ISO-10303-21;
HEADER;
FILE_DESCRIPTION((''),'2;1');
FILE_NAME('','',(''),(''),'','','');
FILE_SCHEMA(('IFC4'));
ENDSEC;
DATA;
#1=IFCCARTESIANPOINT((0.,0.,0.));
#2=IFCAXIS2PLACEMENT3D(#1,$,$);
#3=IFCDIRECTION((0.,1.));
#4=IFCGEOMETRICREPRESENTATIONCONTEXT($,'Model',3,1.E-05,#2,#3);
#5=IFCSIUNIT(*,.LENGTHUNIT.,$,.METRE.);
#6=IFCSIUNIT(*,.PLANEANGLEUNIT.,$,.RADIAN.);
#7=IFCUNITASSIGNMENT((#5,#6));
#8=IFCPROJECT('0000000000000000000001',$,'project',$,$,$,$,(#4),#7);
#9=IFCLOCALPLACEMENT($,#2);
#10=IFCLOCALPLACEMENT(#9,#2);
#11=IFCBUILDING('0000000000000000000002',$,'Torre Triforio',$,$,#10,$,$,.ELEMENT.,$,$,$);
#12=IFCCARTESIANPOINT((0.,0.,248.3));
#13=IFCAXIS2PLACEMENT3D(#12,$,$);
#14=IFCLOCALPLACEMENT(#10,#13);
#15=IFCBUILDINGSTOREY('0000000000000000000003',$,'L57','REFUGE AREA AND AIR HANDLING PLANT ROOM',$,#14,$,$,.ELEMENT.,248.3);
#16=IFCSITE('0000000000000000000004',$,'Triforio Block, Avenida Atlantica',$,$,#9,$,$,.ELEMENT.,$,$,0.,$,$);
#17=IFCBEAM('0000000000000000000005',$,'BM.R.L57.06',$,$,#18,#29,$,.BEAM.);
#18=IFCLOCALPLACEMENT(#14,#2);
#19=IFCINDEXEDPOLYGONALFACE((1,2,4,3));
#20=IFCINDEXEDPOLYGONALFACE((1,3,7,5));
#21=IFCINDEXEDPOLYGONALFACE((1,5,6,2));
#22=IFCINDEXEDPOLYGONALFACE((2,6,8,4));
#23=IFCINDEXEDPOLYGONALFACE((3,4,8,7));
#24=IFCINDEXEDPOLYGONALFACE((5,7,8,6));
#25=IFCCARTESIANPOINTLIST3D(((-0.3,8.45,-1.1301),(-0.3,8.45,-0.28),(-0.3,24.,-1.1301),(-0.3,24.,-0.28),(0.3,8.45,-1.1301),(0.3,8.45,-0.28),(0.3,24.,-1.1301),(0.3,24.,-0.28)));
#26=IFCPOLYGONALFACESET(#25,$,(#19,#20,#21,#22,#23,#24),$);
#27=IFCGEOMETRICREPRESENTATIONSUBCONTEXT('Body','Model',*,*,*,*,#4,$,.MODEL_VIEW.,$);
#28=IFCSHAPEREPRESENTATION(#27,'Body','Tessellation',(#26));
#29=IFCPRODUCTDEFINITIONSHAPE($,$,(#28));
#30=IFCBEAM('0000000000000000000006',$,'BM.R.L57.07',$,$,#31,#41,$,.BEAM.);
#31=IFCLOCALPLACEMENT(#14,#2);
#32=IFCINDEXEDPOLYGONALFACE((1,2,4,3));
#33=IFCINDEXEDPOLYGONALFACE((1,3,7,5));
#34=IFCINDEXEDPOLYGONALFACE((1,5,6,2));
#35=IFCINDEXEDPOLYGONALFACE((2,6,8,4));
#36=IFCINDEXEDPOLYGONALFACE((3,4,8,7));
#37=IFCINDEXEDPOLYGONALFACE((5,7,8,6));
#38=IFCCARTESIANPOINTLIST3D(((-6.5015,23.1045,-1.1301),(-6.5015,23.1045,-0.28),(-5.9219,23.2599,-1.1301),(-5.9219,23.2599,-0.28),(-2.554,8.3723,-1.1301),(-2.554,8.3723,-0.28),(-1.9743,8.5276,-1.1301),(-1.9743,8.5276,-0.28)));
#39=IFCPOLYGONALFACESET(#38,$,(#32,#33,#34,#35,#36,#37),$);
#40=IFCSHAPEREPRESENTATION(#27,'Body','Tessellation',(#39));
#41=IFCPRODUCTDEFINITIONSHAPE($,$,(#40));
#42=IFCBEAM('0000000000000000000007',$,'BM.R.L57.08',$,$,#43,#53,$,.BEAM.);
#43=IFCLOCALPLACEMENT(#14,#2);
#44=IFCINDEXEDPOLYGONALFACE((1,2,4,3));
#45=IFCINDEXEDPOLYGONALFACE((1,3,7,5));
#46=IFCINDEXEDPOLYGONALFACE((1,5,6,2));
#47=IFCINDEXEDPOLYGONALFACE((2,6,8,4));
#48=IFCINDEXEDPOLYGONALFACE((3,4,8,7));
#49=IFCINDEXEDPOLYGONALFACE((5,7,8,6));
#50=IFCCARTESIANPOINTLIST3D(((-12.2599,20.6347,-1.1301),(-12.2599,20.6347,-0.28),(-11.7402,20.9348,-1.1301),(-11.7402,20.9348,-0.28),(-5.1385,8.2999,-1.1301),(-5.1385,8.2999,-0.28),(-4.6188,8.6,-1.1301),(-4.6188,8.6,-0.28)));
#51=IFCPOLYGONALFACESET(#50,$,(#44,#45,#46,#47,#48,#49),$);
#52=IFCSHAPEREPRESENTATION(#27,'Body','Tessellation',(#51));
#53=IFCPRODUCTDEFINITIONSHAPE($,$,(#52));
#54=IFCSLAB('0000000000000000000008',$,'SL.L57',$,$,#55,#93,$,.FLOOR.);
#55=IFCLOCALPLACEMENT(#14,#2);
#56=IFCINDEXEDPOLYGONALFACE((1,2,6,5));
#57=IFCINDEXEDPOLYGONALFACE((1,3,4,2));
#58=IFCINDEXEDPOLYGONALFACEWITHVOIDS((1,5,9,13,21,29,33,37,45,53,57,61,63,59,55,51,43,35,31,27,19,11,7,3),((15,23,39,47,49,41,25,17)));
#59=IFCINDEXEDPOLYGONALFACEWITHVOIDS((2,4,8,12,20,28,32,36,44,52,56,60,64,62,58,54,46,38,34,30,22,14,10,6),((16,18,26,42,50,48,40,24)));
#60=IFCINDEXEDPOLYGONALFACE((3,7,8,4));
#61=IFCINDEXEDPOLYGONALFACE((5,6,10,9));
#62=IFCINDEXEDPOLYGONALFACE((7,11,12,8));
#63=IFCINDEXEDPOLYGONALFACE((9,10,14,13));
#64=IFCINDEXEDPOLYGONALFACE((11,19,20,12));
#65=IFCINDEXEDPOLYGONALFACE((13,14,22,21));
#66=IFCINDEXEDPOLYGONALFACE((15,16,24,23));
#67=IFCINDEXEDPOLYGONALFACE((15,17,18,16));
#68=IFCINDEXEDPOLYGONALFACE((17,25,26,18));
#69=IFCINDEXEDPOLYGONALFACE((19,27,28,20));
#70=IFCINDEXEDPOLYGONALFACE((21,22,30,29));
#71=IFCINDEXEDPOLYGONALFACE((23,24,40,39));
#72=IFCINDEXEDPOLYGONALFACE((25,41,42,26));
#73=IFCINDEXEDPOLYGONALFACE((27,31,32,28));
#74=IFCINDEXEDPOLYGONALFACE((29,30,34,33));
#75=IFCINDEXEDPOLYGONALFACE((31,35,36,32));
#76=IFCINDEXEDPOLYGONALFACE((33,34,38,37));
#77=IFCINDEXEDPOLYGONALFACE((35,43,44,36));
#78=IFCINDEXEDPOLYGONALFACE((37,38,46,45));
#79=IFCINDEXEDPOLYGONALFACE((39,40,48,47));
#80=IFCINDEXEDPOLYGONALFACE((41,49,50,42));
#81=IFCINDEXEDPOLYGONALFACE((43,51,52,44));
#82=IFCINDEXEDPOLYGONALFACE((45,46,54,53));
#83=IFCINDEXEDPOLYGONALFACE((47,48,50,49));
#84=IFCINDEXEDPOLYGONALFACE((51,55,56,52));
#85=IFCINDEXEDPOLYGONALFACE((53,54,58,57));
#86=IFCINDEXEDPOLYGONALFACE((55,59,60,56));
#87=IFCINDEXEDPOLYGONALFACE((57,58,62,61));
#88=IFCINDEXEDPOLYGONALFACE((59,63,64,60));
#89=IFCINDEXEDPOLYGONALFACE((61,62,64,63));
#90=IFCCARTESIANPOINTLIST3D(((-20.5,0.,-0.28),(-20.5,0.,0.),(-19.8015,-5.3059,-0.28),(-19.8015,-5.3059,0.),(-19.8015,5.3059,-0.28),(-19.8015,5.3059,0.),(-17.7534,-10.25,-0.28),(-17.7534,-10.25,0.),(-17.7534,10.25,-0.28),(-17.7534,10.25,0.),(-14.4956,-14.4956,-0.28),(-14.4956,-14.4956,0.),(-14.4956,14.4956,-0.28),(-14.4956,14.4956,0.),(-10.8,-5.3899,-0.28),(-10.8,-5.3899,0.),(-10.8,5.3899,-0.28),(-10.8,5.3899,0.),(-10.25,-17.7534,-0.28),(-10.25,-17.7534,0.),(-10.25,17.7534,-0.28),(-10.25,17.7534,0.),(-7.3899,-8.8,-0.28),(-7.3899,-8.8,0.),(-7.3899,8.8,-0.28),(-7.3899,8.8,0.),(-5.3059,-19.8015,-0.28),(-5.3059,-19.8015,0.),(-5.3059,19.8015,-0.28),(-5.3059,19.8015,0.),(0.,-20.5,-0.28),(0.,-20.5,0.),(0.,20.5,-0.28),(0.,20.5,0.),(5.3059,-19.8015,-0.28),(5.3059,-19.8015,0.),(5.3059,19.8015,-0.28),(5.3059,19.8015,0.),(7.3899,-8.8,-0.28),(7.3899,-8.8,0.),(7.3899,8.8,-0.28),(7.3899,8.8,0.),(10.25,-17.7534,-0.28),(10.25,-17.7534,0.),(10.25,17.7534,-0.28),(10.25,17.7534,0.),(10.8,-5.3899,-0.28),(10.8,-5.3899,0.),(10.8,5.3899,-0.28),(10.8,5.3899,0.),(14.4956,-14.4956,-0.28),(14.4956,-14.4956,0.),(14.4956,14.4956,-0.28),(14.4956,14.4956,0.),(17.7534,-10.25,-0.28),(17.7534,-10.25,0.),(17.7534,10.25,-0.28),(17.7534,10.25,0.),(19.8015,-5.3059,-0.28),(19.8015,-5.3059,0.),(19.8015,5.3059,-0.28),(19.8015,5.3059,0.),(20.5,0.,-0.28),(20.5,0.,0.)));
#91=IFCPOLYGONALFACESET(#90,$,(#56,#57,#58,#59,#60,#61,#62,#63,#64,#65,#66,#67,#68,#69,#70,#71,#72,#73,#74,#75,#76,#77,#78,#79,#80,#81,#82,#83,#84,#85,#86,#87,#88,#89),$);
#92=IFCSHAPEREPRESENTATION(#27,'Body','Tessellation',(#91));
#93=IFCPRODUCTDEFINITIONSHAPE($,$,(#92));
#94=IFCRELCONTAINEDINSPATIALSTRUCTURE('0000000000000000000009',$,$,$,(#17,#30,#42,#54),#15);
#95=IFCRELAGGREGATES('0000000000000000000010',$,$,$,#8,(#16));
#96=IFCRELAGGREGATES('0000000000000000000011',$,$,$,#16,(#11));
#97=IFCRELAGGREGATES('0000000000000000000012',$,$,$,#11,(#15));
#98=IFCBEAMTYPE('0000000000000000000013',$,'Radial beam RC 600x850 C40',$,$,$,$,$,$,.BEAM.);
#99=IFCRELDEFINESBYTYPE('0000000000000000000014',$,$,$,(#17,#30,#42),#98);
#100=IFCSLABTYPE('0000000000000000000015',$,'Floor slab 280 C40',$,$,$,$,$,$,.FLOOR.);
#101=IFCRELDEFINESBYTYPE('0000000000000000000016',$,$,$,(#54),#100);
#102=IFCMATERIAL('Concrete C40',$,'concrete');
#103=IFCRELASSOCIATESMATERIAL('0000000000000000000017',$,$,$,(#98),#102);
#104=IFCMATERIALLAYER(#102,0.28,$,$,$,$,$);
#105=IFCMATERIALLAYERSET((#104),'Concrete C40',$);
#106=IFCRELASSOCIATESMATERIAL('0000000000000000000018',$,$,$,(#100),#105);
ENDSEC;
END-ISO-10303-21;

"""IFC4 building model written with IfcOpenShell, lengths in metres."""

from ifc_helpers import new_model, si_unit, direction, frame, origin, origin_2d, place, context, subcontext, project, spatial, polyline, rectangle, outline, extrude, material, layer, layer_set, material_profile, profile_set, type_object, element, save


model = new_model("IFC4")

# Units and contexts
model_context = context("Model", 3, precision=1e-05, world=origin(), true_north=direction((0.0, 1.0)))
body_context = subcontext(model_context, "Body", "Model", "MODEL_VIEW")
ifc_project = project(units=[si_unit("LENGTHUNIT", "METRE"), si_unit("PLANEANGLEUNIT", "RADIAN")], contexts=[model_context])

# Site, building, storey
site_placement = place(None, origin())
site = spatial("IfcSite", under=ifc_project, at=site_placement, Name="Triforio Block, Avenida Atlantica", CompositionType="ELEMENT", RefElevation=0.0)
building_placement = place(site_placement, origin())
building = spatial("IfcBuilding", under=site, at=building_placement, Name="Torre Triforio", CompositionType="ELEMENT")
storey_placement = place(building_placement, frame((0.0, 0.0, 248.3)))
storey = spatial("IfcBuildingStorey", under=building, at=storey_placement, Name="L57", Description="REFUGE AREA AND AIR HANDLING PLANT ROOM", CompositionType="ELEMENT", Elevation=248.3)

# Beams
ifc_material_1 = material(Name="Concrete C40", Category="concrete")
ifc_material_profile = material_profile(ifc_material_1, rectangle(XDim=0.6001, YDim=0.8501, at=origin_2d()), Name="RC 600x850")
ifc_profile_set = profile_set([ifc_material_profile], Name="Concrete C40")
beam_type = type_object("IfcBeamType", Name="Radial beam RC 600x850 C40", PredefinedType="BEAM", material=ifc_profile_set)
beam_1_placement = place(storey_placement, frame((0.0, 8.45, -0.7051), z_axis=(0.0, 1.0, 0.0), x_axis=(-1.0, 0.0, 0.0)))
element("IfcBeam", 1, at=beam_1_placement, inside=storey, type_object=beam_type, Name="BM.R.L57.06", PredefinedType="BEAM", context=body_context, shape_type="SweptSolid", body=[
    extrude(rectangle(XDim=0.6001, YDim=0.8501, at=origin_2d()), origin(), (0.0, 0.0, 1.0), 15.55),
])
beam_2_placement = place(storey_placement, frame((-2.2642, 8.45, -0.7051), z_axis=(-0.258821, 0.965925, 0.0), x_axis=(-0.965925, -0.258821, 0.0)))
element("IfcBeam", 2, at=beam_2_placement, inside=storey, type_object=beam_type, Name="BM.R.L57.07", PredefinedType="BEAM", context=body_context, shape_type="SweptSolid", body=[
    extrude(rectangle(XDim=0.6001, YDim=0.8501, at=origin_2d()), origin(), (0.0, 0.0, 1.0), 15.252),
])
beam_3_placement = place(storey_placement, frame((-4.8787, 8.45, -0.7051), z_axis=(-0.499994, 0.866029, 0.0), x_axis=(-0.866029, -0.499994, 0.0)))
element("IfcBeam", 3, at=beam_3_placement, inside=storey, type_object=beam_type, Name="BM.R.L57.08", PredefinedType="BEAM", context=body_context, shape_type="SweptSolid", body=[
    extrude(rectangle(XDim=0.6001, YDim=0.8501, at=origin_2d()), origin(), (0.0, 0.0, 1.0), 14.2429),
])

# Slab
ifc_layer_1 = layer(ifc_material_1, 0.28)
ifc_layer_set_1 = layer_set([ifc_layer_1], Name="Concrete C40")
slab_type_1 = type_object("IfcSlabType", Name="Floor slab 280 C40", PredefinedType="FLOOR", material=ifc_layer_set_1)
slab_1_placement = place(storey_placement, frame((0.0, 0.0, -0.28)))
element("IfcSlab", 4, at=slab_1_placement, inside=storey, type_object=slab_type_1, Name="SL.L57", PredefinedType="FLOOR", context=body_context, shape_type="SweptSolid", body=[
    extrude(outline(polyline([(17.7534, -10.25), (19.8015, -5.3059), (20.5, 0.0), (19.8015, 5.3059), (17.7534, 10.25), (14.4956, 14.4956), (10.25, 17.7534), (5.3059, 19.8015), (0.0, 20.5), (-5.3059, 19.8015), (-10.25, 17.7534), (-14.4956, 14.4956), (-17.7534, 10.25), (-19.8015, 5.3059), (-20.5, 0.0), (-19.8015, -5.3059), (-17.7534, -10.25), (-14.4956, -14.4956), (-10.25, -17.7534), (-5.3059, -19.8015), (0.0, -20.5), (5.3059, -19.8015), (10.25, -17.7534), (14.4956, -14.4956), (17.7534, -10.25)]), holes=[polyline([(10.8, 5.3899), (10.8, -5.3899), (7.3899, -8.8), (-7.3899, -8.8), (-10.8, -5.3899), (-10.8, 5.3899), (-7.3899, 8.8), (7.3899, 8.8), (10.8, 5.3899)])]), origin(), (0.0, 0.0, 1.0), 0.28),
])

save(model, "model.ifc")
